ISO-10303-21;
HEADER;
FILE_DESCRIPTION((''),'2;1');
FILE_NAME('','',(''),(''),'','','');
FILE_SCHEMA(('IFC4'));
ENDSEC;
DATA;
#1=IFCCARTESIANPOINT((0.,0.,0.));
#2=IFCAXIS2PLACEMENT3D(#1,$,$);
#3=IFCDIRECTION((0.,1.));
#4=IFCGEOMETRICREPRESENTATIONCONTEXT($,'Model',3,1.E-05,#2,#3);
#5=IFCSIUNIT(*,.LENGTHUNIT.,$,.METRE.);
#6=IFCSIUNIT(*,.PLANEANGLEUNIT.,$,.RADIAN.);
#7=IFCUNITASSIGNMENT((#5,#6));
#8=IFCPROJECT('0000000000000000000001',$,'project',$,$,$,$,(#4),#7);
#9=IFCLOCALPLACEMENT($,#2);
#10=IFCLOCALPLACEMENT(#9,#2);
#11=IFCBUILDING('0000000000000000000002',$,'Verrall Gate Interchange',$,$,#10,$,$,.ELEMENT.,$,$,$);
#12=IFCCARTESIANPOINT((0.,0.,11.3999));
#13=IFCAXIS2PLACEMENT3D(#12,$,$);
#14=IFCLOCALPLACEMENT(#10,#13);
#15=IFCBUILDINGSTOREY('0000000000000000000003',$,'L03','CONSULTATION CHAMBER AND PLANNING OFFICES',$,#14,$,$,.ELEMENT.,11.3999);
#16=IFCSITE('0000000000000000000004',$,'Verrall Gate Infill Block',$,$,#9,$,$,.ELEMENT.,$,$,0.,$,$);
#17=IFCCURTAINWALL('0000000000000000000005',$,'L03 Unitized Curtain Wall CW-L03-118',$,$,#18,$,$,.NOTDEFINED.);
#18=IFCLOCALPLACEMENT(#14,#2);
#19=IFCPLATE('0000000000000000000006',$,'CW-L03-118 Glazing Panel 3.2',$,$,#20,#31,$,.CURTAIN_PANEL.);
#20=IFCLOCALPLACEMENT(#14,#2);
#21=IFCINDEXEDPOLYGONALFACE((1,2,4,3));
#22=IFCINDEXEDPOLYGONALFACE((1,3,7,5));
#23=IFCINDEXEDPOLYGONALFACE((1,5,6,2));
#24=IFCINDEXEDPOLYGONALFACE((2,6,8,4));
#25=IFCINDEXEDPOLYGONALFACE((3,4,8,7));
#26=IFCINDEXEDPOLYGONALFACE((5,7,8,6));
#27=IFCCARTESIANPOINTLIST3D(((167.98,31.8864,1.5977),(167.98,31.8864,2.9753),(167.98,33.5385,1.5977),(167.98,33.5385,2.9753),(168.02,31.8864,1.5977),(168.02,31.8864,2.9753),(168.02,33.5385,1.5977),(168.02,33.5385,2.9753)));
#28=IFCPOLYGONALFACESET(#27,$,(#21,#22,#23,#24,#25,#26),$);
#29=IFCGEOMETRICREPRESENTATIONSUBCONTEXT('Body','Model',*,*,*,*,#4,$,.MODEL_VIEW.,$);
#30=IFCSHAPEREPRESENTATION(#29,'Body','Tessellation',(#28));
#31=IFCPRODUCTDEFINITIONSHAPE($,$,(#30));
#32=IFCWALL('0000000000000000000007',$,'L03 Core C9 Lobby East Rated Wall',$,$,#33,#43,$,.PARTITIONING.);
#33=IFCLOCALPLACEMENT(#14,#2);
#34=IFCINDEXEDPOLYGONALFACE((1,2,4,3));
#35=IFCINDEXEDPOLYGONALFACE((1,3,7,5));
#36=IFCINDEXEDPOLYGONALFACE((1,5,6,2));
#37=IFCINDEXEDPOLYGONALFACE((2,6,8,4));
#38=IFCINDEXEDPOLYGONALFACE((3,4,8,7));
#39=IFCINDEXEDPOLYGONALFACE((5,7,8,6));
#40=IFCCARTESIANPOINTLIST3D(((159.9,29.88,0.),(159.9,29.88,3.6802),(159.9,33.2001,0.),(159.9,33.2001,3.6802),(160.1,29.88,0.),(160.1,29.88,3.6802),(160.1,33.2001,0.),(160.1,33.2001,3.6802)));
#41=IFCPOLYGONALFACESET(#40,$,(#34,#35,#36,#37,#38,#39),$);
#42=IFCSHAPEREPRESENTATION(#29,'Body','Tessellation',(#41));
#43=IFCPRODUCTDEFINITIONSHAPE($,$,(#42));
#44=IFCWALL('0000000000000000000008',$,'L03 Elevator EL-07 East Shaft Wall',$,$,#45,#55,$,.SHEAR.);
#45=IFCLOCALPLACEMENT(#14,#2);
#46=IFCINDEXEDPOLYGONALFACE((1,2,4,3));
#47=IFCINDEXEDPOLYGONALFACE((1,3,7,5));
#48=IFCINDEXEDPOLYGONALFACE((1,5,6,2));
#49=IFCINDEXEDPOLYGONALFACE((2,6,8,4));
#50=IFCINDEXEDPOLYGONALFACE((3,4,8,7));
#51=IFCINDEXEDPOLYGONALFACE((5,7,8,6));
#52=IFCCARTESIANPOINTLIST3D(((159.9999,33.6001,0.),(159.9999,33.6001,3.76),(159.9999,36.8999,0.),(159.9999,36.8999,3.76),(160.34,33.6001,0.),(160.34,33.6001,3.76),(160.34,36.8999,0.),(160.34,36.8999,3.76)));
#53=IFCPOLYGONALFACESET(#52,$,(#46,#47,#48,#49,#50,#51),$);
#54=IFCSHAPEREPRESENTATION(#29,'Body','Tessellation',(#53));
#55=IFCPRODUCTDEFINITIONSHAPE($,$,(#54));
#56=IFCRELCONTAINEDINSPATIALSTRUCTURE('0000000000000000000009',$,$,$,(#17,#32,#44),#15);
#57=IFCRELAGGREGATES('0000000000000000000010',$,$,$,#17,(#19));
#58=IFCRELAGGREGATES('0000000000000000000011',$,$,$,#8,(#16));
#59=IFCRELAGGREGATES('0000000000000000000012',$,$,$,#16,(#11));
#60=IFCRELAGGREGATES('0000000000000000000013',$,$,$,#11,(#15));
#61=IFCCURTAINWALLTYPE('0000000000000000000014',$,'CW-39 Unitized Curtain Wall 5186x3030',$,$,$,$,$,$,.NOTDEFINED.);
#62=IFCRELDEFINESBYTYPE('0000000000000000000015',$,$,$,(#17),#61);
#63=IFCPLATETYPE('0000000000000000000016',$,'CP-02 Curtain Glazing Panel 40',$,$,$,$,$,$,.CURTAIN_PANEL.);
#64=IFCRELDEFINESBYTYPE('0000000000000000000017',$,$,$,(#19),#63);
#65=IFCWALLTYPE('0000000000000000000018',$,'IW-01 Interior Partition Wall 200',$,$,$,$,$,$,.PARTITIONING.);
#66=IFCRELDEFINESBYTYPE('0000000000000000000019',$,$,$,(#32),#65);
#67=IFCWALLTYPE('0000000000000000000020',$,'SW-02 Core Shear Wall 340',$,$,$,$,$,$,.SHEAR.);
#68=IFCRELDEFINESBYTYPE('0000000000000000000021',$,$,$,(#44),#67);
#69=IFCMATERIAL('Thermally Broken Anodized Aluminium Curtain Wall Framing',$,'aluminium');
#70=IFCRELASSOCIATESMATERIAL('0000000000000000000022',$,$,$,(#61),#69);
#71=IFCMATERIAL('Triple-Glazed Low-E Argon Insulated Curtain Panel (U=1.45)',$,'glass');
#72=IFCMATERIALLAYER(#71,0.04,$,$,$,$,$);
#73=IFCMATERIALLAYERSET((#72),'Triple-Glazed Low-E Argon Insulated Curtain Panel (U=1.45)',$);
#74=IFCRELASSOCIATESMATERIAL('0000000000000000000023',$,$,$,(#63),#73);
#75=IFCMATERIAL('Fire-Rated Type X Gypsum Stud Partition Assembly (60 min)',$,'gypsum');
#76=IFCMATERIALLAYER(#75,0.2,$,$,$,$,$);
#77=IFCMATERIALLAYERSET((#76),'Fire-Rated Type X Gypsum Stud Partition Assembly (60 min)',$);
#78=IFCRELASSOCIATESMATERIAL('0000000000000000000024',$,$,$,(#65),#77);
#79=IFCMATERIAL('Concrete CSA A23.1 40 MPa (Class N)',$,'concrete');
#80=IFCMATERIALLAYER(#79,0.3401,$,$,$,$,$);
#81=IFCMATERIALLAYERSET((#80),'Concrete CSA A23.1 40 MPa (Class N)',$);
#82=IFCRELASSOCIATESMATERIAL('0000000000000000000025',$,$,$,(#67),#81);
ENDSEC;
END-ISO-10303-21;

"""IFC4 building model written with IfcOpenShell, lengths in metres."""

from ifc_helpers import new_model, si_unit, direction, frame, frame_2d, origin, origin_2d, place, context, subcontext, project, spatial, rectangle, extrude, material, layer, layer_set, type_object, element, aggregate, save


model = new_model("IFC4")

# Units and contexts
model_context = context("Model", 3, precision=1e-05, world=origin(), true_north=direction((0.0, 1.0)))
body_context = subcontext(model_context, "Body", "Model", "MODEL_VIEW")
ifc_project = project(units=[si_unit("LENGTHUNIT", "METRE"), si_unit("PLANEANGLEUNIT", "RADIAN")], contexts=[model_context])

# Site, building, storey
site_placement = place(None, origin())
site = spatial("IfcSite", under=ifc_project, at=site_placement, Name="Verrall Gate Infill Block", CompositionType="ELEMENT", RefElevation=0.0)
building_placement = place(site_placement, origin())
building = spatial("IfcBuilding", under=site, at=building_placement, Name="Verrall Gate Interchange", CompositionType="ELEMENT")
storey_placement = place(building_placement, frame((0.0, 0.0, 11.3999)))
storey = spatial("IfcBuildingStorey", under=building, at=storey_placement, Name="L03", Description="CONSULTATION CHAMBER AND PLANNING OFFICES", CompositionType="ELEMENT", Elevation=11.3999)

# Curtain wall
ifc_material_1 = material(Name="Thermally Broken Anodized Aluminium Curtain Wall Framing", Category="aluminium")
curtain_wall_type_1 = type_object("IfcCurtainWallType", Name="CW-39 Unitized Curtain Wall 5186x3030", PredefinedType="NOTDEFINED", material=ifc_material_1)
curtain_wall_1_placement = place(storey_placement, origin())
curtain_wall_1 = element("IfcCurtainWall", 1, at=curtain_wall_1_placement, inside=storey, type_object=curtain_wall_type_1, Name="L03 Unitized Curtain Wall CW-L03-118", PredefinedType="NOTDEFINED")

# Plate
ifc_material_2 = material(Name="Triple-Glazed Low-E Argon Insulated Curtain Panel (U=1.45)", Category="glass")
ifc_layer_1 = layer(ifc_material_2, 0.04)
ifc_layer_set_1 = layer_set([ifc_layer_1], Name="Triple-Glazed Low-E Argon Insulated Curtain Panel (U=1.45)")
plate_type = type_object("IfcPlateType", Name="CP-02 Curtain Glazing Panel 40", PredefinedType="CURTAIN_PANEL", material=ifc_layer_set_1)
plate_1_placement = place(storey_placement, frame((168.0, 32.7124, 1.5977), z_axis=(0.0, 0.0, 1.0), x_axis=(0.0, 1.0, 0.0)))
plate_1 = element("IfcPlate", 2, at=plate_1_placement, type_object=plate_type, Name="CW-L03-118 Glazing Panel 3.2", PredefinedType="CURTAIN_PANEL", context=body_context, shape_type="SweptSolid", body=[
    extrude(rectangle(XDim=1.6521, YDim=0.04, at=origin_2d()), origin(), (0.0, 0.0, 1.0), 1.3777),
])
aggregate(curtain_wall_1, [plate_1])

# Walls
ifc_material_3 = material(Name="Fire-Rated Type X Gypsum Stud Partition Assembly (60 min)", Category="gypsum")
ifc_layer_2 = layer(ifc_material_3, 0.2)
ifc_layer_set_2 = layer_set([ifc_layer_2], Name="Fire-Rated Type X Gypsum Stud Partition Assembly (60 min)")
wall_type_1 = type_object("IfcWallType", Name="IW-01 Interior Partition Wall 200", PredefinedType="PARTITIONING", material=ifc_layer_set_2)
wall_1_placement = place(storey_placement, frame((160.0, 29.8799, 0.0), z_axis=(0.0, 0.0, 1.0), x_axis=(0.0, 1.0, 0.0)))
element("IfcWall", 3, at=wall_1_placement, inside=storey, type_object=wall_type_1, Name="L03 Core C9 Lobby East Rated Wall", PredefinedType="PARTITIONING", context=body_context, shape_type="SweptSolid", body=[
    extrude(rectangle(XDim=3.3201, YDim=0.2, at=frame_2d((1.6602, 0.0))), origin(), (0.0, 0.0, 1.0), 3.6802),
])
ifc_material_4 = material(Name="Concrete CSA A23.1 40 MPa (Class N)", Category="concrete")
ifc_layer_3 = layer(ifc_material_4, 0.3401)
ifc_layer_set_3 = layer_set([ifc_layer_3], Name="Concrete CSA A23.1 40 MPa (Class N)")
wall_type_2 = type_object("IfcWallType", Name="SW-02 Core Shear Wall 340", PredefinedType="SHEAR", material=ifc_layer_set_3)
wall_2_placement = place(storey_placement, frame((160.1699, 33.6001, 0.0), z_axis=(0.0, 0.0, 1.0), x_axis=(0.0, 1.0, 0.0)))
element("IfcWall", 4, at=wall_2_placement, inside=storey, type_object=wall_type_2, Name="L03 Elevator EL-07 East Shaft Wall", PredefinedType="SHEAR", context=body_context, shape_type="SweptSolid", body=[
    extrude(rectangle(XDim=3.2998, YDim=0.3401, at=frame_2d((1.6499, 0.0))), origin(), (0.0, 0.0, 1.0), 3.76),
])

save(model, "model.ifc")
